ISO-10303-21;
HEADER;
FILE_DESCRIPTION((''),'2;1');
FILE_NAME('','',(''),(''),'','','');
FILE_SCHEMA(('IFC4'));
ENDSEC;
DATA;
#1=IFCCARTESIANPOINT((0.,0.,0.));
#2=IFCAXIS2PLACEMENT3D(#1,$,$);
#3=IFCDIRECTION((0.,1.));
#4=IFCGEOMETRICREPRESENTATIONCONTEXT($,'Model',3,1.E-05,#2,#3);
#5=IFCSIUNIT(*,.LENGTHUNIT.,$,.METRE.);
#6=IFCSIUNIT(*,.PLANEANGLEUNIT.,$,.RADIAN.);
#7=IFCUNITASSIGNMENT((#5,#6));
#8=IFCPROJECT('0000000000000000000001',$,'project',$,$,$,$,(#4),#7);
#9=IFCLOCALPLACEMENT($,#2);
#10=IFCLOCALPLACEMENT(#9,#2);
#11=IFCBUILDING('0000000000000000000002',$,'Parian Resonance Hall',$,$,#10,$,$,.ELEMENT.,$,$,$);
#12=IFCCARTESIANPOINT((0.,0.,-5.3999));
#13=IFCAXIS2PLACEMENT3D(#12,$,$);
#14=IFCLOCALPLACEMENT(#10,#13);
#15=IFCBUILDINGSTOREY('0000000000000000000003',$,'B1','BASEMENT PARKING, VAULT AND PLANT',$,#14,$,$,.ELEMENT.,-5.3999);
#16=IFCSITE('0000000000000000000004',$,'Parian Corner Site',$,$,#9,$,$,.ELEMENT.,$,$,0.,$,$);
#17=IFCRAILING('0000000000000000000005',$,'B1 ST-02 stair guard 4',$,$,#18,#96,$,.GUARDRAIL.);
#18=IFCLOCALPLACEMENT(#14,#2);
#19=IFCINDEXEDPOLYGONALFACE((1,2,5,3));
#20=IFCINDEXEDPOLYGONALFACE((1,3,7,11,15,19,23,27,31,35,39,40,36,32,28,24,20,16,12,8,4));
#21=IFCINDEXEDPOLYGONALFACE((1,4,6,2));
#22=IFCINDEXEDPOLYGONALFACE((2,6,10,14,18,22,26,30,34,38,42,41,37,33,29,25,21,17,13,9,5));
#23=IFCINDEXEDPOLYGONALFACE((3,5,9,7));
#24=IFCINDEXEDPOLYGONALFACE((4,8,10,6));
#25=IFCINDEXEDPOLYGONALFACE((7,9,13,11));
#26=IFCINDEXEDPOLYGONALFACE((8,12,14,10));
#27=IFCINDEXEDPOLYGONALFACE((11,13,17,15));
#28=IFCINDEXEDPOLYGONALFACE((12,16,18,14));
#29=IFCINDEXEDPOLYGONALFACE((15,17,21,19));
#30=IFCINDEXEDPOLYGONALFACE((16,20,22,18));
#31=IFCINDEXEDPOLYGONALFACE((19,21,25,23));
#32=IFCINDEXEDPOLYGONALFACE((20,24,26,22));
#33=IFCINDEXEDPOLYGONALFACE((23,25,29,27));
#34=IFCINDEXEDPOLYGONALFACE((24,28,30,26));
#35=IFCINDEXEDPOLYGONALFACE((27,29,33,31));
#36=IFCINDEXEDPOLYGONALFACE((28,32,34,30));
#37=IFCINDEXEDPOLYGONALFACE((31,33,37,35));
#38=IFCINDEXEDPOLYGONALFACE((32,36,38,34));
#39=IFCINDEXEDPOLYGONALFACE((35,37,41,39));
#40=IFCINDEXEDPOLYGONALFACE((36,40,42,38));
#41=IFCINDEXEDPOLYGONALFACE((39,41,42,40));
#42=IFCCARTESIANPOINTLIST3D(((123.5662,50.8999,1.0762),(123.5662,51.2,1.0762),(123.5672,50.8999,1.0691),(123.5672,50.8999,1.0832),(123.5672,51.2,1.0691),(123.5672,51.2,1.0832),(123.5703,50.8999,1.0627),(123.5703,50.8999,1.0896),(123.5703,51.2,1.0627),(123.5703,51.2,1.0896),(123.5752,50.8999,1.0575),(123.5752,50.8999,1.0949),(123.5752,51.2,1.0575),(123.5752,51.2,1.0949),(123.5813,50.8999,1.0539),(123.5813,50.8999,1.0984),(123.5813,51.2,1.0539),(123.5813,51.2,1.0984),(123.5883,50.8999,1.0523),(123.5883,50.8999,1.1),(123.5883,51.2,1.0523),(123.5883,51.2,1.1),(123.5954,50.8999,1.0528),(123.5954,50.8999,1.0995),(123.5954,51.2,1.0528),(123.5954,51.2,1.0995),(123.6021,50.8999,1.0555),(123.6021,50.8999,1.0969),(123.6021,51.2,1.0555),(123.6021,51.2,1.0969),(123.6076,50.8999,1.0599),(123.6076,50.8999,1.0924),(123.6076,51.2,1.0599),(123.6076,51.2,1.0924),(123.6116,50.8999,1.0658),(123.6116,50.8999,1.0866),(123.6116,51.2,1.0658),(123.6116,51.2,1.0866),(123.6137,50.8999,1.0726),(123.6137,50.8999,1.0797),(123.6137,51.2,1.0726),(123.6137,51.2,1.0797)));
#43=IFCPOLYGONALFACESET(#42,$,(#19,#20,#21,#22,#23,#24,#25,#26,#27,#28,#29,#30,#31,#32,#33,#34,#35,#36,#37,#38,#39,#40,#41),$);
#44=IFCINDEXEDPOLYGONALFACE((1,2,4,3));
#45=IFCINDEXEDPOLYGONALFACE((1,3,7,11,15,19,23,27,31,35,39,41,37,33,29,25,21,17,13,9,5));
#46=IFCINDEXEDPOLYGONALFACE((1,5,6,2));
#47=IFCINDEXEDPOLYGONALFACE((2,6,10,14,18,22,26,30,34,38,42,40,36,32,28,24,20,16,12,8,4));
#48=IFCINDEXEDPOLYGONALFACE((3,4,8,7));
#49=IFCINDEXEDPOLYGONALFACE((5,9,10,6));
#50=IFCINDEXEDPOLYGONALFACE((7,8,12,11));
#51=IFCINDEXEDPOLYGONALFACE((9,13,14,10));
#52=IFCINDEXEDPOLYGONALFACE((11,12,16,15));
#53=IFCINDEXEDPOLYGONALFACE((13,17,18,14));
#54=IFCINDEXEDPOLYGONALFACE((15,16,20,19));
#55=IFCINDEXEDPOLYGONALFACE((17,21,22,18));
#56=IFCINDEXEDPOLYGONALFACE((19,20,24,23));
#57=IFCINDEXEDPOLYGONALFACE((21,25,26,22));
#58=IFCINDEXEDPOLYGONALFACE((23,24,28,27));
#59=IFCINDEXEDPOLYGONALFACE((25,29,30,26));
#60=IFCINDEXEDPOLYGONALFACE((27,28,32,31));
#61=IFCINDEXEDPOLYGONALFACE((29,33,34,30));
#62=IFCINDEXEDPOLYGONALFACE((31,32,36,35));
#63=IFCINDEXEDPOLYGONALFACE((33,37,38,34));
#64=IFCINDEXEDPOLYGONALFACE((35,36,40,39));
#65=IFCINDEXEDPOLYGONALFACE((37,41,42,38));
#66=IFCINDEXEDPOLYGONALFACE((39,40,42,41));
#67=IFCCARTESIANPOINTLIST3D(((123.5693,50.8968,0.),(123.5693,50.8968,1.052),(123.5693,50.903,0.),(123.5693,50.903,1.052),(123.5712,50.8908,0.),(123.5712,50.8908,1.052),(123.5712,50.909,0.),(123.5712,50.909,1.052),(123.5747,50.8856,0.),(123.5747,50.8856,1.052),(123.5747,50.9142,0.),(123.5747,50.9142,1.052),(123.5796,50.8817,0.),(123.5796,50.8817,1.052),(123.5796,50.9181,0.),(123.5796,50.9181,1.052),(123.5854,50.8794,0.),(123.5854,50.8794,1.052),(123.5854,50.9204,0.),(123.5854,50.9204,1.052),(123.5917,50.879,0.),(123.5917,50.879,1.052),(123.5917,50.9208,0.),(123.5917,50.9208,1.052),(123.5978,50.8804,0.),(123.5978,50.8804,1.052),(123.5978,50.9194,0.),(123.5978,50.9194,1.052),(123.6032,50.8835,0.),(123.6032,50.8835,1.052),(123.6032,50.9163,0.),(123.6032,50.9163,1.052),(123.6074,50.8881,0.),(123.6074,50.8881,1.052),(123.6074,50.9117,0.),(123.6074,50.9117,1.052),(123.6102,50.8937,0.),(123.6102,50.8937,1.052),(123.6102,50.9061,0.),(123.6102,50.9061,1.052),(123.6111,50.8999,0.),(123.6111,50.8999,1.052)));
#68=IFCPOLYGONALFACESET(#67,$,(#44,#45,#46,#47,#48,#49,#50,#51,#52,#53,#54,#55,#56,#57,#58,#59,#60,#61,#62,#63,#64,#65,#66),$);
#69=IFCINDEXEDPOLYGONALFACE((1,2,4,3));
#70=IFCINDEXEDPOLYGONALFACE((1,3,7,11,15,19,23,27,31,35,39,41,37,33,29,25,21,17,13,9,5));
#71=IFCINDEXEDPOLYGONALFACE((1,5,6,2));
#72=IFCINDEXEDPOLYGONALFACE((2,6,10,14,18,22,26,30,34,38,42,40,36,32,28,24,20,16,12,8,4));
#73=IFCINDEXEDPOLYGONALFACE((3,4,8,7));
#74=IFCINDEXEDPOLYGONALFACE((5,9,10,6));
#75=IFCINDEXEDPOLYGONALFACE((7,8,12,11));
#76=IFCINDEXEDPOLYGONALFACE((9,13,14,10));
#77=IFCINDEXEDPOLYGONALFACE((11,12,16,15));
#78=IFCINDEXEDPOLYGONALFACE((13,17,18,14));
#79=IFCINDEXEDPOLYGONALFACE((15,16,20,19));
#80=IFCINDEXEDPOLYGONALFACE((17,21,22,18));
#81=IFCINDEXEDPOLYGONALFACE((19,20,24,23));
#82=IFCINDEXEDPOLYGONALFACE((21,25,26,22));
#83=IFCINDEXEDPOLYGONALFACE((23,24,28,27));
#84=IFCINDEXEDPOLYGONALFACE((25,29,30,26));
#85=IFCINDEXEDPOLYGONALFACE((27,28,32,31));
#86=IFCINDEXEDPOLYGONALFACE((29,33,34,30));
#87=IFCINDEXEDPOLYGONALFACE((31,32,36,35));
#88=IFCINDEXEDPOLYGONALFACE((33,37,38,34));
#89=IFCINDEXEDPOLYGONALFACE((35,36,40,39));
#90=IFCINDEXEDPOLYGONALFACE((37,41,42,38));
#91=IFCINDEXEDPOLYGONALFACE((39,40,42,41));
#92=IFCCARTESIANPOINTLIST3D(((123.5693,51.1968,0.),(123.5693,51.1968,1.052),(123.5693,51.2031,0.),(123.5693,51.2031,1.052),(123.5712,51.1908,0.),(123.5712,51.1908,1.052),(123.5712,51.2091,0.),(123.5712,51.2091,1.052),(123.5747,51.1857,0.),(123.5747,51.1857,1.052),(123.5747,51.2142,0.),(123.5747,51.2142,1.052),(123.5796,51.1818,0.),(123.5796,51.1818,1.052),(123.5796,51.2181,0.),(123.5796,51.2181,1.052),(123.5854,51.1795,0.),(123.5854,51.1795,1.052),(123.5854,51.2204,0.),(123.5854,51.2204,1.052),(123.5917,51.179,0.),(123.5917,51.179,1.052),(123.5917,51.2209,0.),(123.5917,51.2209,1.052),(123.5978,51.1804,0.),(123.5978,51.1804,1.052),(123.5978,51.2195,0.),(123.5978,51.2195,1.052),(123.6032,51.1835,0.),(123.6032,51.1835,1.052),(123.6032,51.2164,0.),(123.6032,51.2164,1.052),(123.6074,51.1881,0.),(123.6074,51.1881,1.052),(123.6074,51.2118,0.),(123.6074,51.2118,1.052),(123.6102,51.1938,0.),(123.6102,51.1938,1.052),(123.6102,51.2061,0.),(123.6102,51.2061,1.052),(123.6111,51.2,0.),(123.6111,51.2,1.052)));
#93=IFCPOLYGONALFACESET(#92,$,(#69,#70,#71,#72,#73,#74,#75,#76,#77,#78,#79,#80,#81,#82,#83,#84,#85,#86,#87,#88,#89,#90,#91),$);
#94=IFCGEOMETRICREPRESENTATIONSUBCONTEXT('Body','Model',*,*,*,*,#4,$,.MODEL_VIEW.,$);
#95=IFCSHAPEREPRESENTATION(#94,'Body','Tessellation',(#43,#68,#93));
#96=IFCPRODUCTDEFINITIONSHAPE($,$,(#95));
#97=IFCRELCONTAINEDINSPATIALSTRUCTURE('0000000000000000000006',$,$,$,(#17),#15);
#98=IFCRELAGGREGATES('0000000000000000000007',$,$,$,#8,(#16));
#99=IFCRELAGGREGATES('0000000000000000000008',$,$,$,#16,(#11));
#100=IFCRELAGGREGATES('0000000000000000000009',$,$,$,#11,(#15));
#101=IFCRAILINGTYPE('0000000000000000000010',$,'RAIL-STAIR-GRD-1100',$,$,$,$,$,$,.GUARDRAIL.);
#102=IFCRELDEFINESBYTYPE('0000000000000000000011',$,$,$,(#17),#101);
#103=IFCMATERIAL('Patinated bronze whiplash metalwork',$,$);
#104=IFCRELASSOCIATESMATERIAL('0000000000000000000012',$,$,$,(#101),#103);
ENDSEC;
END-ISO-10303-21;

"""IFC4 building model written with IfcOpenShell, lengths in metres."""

from ifc_helpers import new_model, si_unit, direction, frame, origin, origin_2d, place, context, subcontext, project, spatial, circle, extrude, material, type_object, element, save


model = new_model("IFC4")

# Units and contexts
model_context = context("Model", 3, precision=1e-05, world=origin(), true_north=direction((0.0, 1.0)))
body_context = subcontext(model_context, "Body", "Model", "MODEL_VIEW")
ifc_project = project(units=[si_unit("LENGTHUNIT", "METRE"), si_unit("PLANEANGLEUNIT", "RADIAN")], contexts=[model_context])

# Site, building, storey
site_placement = place(None, origin())
site = spatial("IfcSite", under=ifc_project, at=site_placement, Name="Parian Corner Site", CompositionType="ELEMENT", RefElevation=0.0)
building_placement = place(site_placement, origin())
building = spatial("IfcBuilding", under=site, at=building_placement, Name="Parian Resonance Hall", CompositionType="ELEMENT")
storey_placement = place(building_placement, frame((0.0, 0.0, -5.3999)))
storey = spatial("IfcBuildingStorey", under=building, at=storey_placement, Name="B1", Description="BASEMENT PARKING, VAULT AND PLANT", CompositionType="ELEMENT", Elevation=-5.3999)

# Railing
ifc_material_1 = material(Name="Patinated bronze whiplash metalwork")
railing_type_1 = type_object("IfcRailingType", Name="RAIL-STAIR-GRD-1100", PredefinedType="GUARDRAIL", material=ifc_material_1)
railing_1_placement = place(storey_placement, frame((123.5901, 50.8999, 0.0)))
element("IfcRailing", 1, at=railing_1_placement, inside=storey, type_object=railing_type_1, Name="B1 ST-02 stair guard 4", PredefinedType="GUARDRAIL", context=body_context, shape_type="SweptSolid", body=[
    extrude(circle(Radius=0.0239, at=origin_2d()), frame((0.0, 0.0, 1.0762), z_axis=(0.0, 1.0, 0.0), x_axis=(-1.0, 0.0, 0.0)), (0.0, 0.0, 1.0), 0.3),
    extrude(circle(Radius=0.021, at=origin_2d()), origin(), (0.0, 0.0, 1.0), 1.052),
    extrude(circle(Radius=0.021, at=origin_2d()), frame((0.0, 0.3, 0.0)), (0.0, 0.0, 1.0), 1.052),
])

save(model, "model.ifc")
